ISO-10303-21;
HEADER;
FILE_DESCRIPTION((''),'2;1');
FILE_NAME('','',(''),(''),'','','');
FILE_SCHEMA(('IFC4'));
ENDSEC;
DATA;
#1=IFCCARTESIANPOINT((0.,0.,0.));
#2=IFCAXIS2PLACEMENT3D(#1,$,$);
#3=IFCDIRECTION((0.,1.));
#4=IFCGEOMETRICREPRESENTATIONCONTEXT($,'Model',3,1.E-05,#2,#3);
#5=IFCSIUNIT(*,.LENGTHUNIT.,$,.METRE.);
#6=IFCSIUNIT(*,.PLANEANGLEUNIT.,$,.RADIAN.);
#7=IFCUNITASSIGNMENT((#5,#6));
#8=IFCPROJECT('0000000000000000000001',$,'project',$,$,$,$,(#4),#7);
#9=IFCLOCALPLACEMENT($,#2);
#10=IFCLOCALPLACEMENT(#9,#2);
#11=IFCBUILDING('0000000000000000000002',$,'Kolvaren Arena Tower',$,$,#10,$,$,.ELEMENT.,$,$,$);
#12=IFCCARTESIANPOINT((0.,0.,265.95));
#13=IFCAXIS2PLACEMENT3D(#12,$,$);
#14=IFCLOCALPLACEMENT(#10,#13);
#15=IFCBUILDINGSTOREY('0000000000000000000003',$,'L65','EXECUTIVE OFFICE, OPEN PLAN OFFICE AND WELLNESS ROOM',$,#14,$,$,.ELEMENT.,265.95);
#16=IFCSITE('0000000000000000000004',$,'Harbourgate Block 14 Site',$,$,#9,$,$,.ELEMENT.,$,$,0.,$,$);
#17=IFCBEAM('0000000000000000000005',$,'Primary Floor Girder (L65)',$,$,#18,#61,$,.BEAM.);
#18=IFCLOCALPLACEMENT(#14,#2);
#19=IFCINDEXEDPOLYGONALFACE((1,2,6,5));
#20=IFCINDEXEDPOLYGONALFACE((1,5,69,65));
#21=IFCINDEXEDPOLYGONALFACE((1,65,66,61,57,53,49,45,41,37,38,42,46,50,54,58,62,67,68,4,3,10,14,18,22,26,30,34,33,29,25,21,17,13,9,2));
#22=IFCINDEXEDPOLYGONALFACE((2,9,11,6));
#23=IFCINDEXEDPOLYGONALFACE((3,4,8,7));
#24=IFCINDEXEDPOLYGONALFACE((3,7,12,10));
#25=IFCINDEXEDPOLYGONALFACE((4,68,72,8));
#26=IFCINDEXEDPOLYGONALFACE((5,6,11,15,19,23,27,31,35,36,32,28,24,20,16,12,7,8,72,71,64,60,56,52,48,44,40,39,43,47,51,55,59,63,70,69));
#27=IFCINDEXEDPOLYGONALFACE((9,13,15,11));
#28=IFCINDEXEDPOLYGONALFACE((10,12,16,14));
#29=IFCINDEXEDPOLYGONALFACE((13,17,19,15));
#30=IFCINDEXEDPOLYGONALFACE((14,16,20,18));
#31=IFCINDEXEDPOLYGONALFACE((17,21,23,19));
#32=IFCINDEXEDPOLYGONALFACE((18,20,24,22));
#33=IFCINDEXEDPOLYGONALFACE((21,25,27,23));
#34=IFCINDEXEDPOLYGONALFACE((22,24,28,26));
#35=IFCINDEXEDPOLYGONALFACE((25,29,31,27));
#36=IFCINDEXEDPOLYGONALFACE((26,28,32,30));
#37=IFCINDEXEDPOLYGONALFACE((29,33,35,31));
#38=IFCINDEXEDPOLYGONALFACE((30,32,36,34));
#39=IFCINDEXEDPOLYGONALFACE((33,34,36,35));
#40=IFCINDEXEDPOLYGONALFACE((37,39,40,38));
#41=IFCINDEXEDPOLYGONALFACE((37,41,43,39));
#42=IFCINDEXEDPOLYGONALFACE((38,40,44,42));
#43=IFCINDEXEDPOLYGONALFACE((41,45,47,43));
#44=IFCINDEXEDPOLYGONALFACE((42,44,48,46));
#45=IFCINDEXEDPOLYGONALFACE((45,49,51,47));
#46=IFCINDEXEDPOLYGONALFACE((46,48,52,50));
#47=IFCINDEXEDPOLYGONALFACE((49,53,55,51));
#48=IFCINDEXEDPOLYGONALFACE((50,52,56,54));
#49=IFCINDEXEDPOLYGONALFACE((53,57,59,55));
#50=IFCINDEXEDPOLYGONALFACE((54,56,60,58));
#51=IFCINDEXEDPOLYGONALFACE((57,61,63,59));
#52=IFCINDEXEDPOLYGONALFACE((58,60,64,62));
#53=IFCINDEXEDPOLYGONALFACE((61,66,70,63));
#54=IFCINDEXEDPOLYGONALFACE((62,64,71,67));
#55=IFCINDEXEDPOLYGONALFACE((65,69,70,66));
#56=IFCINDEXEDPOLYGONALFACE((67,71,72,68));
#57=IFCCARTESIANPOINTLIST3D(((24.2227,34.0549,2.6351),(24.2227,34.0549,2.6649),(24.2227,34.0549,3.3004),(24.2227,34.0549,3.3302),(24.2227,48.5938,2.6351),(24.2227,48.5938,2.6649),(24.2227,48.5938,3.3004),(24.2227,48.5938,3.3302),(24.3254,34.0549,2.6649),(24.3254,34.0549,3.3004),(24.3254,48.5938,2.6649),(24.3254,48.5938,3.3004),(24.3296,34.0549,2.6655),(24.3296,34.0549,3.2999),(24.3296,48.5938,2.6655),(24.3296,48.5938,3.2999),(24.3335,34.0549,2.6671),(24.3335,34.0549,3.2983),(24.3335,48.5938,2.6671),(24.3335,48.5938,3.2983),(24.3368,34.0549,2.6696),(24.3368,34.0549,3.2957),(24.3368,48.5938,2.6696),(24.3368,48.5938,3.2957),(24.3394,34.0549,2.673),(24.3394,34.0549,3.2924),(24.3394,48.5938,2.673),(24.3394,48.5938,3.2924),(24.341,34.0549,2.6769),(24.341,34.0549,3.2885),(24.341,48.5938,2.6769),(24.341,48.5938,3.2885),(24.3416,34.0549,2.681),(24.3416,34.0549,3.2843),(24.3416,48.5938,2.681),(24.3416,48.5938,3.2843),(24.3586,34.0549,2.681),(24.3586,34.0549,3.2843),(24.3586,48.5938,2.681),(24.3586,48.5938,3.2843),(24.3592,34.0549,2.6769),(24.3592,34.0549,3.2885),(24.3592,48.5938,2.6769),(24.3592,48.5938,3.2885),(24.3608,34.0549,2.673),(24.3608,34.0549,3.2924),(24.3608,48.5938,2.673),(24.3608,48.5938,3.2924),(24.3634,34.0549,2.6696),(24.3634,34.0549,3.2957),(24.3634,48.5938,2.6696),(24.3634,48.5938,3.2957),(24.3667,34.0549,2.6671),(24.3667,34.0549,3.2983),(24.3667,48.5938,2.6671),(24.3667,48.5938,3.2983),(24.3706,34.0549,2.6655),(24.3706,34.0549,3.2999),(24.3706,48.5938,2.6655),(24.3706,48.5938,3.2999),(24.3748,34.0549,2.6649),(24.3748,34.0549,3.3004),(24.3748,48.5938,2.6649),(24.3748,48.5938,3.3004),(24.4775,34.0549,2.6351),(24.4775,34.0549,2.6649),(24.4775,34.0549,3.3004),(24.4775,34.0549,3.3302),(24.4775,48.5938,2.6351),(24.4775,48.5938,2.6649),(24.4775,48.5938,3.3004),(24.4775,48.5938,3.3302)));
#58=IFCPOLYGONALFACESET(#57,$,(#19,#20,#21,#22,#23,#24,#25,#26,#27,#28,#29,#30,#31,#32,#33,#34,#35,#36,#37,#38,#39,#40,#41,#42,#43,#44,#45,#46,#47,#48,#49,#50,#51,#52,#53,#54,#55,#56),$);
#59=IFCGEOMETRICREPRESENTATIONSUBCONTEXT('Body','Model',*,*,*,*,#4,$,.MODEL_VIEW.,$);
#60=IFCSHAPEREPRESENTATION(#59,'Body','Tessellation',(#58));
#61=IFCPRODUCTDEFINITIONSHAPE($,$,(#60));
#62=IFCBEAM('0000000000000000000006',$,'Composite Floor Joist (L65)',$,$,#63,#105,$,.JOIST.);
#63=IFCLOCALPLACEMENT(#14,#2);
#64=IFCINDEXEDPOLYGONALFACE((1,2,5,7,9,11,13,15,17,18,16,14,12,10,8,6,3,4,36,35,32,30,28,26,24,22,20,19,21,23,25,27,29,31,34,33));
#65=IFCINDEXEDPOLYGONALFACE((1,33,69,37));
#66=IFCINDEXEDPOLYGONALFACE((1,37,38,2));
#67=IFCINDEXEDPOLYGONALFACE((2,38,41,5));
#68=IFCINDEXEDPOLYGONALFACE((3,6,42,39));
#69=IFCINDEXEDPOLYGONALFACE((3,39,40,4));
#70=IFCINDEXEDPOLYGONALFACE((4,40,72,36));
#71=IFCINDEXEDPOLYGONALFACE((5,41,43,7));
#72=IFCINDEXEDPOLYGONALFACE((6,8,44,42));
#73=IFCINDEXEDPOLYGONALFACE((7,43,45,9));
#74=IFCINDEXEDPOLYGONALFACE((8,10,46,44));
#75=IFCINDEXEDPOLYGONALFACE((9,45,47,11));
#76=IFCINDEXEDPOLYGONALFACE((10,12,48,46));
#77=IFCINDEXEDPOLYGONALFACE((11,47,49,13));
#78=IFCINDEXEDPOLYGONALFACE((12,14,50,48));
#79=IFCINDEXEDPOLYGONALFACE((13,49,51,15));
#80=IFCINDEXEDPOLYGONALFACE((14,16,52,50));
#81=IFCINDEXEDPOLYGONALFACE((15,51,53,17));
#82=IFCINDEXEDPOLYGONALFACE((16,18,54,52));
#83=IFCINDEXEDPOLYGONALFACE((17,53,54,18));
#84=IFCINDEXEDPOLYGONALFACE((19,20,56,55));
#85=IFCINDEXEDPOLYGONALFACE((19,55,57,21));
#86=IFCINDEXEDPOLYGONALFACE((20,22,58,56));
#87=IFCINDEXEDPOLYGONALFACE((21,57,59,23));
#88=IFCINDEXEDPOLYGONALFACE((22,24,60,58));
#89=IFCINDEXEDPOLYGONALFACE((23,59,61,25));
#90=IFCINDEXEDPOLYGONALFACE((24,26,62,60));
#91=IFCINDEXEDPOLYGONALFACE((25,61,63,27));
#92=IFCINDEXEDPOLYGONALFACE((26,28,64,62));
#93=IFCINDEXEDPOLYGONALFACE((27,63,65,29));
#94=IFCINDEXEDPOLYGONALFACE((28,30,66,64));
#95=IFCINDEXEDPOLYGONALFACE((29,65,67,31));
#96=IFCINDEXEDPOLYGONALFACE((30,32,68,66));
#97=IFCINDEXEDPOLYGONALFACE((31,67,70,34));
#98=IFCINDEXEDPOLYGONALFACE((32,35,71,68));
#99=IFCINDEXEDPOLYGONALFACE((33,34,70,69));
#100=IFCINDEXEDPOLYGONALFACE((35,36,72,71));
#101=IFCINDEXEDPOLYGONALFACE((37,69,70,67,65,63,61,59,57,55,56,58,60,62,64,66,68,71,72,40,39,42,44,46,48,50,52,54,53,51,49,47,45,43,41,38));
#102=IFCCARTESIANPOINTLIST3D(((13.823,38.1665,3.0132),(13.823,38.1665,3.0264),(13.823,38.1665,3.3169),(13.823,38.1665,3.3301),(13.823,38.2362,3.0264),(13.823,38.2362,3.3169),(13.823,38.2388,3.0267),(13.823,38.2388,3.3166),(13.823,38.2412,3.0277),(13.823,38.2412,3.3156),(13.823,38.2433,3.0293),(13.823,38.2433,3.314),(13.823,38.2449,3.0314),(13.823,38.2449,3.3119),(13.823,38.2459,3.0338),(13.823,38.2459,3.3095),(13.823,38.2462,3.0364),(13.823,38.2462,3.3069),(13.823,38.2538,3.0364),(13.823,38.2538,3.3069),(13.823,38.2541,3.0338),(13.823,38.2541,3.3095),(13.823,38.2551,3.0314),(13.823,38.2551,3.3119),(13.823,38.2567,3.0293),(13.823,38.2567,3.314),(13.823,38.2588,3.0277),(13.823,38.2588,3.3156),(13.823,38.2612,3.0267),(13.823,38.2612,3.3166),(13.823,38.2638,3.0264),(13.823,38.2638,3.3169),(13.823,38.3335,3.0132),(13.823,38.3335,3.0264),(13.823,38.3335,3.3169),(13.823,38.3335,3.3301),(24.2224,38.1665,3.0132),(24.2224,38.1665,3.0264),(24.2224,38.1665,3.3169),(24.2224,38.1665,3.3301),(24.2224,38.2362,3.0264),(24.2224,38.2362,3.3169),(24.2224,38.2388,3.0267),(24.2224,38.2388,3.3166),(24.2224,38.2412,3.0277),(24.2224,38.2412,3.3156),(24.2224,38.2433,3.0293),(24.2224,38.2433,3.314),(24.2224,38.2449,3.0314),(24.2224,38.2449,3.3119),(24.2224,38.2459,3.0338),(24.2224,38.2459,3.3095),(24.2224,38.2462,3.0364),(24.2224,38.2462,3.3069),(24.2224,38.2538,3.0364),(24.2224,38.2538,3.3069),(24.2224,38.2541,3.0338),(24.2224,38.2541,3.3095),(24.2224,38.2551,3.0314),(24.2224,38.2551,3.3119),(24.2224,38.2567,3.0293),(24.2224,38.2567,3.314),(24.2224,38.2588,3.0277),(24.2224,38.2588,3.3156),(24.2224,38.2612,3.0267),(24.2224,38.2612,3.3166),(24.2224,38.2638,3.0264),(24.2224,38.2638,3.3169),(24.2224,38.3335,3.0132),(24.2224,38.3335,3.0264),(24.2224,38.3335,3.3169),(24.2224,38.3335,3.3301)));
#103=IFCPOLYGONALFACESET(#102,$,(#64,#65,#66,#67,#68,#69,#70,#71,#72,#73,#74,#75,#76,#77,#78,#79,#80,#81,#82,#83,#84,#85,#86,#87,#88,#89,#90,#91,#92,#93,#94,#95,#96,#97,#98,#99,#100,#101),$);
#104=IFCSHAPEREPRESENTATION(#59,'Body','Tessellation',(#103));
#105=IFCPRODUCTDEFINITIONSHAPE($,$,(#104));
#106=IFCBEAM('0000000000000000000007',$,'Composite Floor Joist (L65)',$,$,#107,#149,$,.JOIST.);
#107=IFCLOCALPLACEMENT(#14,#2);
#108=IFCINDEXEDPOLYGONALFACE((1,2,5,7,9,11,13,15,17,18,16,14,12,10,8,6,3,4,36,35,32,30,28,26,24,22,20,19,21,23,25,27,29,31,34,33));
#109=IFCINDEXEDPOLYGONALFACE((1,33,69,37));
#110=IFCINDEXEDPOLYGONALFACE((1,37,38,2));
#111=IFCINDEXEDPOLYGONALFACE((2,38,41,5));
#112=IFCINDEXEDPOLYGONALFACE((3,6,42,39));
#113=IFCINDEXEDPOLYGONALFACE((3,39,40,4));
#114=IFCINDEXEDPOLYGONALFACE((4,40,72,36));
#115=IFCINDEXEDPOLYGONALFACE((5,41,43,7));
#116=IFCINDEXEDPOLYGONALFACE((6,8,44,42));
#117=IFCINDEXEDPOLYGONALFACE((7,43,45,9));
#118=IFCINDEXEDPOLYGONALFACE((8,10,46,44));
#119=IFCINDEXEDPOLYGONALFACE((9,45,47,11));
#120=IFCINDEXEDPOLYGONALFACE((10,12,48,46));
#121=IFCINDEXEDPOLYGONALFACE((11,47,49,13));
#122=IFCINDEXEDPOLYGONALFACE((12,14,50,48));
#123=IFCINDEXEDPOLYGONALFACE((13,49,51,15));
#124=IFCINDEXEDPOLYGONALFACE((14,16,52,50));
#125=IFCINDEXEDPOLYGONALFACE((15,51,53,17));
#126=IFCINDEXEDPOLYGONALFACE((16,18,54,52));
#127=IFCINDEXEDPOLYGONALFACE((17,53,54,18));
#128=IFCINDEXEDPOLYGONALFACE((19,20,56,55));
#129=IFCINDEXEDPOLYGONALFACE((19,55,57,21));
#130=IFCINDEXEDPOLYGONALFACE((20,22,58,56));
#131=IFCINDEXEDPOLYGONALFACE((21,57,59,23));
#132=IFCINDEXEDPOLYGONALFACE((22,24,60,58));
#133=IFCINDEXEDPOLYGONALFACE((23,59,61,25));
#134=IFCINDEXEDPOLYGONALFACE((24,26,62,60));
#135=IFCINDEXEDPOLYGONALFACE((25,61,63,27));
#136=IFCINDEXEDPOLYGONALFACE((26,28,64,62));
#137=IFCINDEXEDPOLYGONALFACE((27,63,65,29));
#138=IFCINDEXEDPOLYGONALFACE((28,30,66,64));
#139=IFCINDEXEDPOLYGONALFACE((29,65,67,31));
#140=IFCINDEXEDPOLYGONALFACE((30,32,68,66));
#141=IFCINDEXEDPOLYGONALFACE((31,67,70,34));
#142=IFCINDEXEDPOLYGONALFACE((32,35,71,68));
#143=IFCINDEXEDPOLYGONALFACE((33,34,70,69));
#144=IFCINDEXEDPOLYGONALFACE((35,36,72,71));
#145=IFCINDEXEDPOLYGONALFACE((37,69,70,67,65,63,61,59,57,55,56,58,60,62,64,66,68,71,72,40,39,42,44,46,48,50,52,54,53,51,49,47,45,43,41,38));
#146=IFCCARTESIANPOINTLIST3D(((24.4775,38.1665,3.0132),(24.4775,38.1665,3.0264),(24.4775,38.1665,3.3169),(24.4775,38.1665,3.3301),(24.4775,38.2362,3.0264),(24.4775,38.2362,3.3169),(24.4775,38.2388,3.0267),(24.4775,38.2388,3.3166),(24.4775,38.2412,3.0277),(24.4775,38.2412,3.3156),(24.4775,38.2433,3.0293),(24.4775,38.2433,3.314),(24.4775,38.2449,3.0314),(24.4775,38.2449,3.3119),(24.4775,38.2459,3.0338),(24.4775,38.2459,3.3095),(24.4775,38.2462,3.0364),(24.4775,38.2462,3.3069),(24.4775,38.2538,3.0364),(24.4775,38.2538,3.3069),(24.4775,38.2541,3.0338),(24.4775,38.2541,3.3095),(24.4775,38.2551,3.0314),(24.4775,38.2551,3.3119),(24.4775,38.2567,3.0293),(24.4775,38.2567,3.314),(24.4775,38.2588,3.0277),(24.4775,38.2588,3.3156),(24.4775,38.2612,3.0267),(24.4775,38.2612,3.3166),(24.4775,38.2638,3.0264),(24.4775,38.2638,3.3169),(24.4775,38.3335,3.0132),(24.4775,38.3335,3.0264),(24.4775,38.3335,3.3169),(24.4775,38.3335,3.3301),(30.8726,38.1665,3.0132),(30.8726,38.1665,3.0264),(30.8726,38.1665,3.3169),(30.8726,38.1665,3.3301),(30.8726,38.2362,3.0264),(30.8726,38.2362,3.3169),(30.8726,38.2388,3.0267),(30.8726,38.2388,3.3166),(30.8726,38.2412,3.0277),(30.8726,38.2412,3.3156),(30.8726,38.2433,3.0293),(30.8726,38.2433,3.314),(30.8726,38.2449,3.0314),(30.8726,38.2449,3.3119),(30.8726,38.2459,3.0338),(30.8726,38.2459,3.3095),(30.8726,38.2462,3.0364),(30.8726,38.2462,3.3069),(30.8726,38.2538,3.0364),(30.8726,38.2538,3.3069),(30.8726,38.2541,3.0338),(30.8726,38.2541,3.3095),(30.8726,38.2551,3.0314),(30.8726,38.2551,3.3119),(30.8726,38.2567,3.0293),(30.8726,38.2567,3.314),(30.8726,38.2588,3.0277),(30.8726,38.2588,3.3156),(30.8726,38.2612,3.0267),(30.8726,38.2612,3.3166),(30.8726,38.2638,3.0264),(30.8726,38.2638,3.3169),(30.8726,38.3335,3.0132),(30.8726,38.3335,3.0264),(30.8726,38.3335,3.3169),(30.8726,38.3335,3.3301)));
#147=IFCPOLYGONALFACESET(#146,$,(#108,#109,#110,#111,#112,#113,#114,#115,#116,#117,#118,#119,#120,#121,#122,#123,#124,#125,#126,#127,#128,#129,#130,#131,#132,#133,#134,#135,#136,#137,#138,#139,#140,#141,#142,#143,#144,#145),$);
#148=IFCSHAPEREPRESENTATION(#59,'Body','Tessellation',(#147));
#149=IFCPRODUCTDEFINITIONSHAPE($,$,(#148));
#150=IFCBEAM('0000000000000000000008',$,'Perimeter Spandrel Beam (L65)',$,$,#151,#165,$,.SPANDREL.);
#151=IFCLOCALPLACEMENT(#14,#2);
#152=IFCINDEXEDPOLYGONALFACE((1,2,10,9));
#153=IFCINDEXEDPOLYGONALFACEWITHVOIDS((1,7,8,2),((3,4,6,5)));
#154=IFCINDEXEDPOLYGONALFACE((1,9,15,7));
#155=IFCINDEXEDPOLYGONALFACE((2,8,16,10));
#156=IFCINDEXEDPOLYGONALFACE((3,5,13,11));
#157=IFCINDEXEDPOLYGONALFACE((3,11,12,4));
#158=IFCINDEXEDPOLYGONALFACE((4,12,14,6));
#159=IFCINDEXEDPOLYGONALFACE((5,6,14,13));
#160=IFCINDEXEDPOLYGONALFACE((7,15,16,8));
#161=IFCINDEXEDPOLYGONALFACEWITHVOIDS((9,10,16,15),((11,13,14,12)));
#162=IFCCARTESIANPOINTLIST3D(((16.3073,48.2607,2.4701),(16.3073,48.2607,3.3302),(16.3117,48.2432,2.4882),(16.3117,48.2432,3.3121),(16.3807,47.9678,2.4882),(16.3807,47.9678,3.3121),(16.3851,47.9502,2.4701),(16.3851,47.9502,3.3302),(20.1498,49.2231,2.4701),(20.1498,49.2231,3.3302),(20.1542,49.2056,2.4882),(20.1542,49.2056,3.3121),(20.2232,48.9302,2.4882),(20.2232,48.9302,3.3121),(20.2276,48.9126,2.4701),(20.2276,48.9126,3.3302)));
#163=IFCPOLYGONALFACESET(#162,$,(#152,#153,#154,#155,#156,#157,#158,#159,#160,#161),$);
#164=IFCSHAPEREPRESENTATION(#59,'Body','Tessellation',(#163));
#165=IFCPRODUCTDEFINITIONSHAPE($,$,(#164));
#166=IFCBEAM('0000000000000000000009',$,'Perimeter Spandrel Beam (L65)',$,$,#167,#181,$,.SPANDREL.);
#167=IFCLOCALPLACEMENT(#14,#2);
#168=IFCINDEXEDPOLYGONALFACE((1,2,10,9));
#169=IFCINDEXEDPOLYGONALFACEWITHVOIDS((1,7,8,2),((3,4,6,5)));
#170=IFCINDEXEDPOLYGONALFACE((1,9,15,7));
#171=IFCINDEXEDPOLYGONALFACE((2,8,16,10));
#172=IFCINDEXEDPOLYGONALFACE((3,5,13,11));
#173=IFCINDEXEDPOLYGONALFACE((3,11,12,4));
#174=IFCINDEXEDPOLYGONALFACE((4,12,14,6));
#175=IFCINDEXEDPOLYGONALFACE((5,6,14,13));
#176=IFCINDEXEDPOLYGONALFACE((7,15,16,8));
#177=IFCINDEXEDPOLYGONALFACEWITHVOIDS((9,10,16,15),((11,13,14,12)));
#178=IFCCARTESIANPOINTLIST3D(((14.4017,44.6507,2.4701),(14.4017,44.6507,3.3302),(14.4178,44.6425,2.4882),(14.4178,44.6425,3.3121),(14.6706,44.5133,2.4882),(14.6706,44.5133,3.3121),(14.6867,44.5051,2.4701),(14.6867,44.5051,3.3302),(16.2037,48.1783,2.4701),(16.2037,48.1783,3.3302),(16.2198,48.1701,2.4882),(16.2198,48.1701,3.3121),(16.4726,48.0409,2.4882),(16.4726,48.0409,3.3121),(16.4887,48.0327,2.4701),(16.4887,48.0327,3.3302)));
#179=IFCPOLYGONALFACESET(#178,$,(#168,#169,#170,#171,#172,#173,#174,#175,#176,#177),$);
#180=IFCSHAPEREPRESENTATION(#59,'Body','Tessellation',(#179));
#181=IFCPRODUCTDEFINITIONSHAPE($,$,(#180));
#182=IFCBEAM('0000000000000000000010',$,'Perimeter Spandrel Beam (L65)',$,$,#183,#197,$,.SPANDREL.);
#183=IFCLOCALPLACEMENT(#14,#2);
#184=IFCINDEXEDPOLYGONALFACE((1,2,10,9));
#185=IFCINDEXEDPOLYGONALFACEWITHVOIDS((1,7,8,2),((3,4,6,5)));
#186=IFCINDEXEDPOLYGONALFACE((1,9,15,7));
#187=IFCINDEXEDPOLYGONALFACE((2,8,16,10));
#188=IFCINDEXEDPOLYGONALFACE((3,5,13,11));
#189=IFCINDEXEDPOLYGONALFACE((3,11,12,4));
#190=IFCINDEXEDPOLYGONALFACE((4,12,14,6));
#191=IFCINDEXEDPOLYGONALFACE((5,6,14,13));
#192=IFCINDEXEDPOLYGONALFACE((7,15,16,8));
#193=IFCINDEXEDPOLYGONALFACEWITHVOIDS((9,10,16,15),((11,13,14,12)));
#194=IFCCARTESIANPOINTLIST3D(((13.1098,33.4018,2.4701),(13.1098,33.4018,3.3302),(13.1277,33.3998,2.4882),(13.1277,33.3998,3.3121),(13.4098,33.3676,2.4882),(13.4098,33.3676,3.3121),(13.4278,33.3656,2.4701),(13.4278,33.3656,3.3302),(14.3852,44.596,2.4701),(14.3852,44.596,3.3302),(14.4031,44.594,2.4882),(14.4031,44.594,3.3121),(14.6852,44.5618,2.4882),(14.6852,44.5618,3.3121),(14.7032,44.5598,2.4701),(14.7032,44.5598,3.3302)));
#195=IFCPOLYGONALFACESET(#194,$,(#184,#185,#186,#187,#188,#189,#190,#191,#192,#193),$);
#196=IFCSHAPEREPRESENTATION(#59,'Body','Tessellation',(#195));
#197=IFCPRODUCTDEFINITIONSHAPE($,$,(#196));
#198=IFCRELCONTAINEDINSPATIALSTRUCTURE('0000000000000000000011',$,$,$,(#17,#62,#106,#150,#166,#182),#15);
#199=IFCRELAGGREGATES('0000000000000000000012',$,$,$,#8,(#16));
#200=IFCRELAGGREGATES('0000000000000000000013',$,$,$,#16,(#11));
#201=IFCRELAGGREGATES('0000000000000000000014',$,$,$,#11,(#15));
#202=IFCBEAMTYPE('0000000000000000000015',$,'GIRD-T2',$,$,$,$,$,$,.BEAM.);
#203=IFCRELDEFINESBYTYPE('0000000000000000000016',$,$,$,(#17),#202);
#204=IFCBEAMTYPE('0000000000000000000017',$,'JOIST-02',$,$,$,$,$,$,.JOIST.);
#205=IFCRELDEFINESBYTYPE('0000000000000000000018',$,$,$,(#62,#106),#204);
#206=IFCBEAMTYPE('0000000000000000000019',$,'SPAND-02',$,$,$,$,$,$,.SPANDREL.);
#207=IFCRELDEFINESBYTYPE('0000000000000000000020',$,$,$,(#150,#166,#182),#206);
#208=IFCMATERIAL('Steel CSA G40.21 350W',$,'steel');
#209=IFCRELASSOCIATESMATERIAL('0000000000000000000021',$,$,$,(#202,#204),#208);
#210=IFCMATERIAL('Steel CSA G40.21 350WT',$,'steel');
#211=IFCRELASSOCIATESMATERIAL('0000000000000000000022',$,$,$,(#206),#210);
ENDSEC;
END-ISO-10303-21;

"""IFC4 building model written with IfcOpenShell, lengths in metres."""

from ifc_helpers import new_model, si_unit, direction, frame, origin, origin_2d, place, context, subcontext, project, spatial, hollow_rectangle, i_section, extrude, material, material_profile, profile_set, type_object, element, save


model = new_model("IFC4")

# Units and contexts
model_context = context("Model", 3, precision=1e-05, world=origin(), true_north=direction((0.0, 1.0)))
body_context = subcontext(model_context, "Body", "Model", "MODEL_VIEW")
ifc_project = project(units=[si_unit("LENGTHUNIT", "METRE"), si_unit("PLANEANGLEUNIT", "RADIAN")], contexts=[model_context])

# Site, building, storey
site_placement = place(None, origin())
site = spatial("IfcSite", under=ifc_project, at=site_placement, Name="Harbourgate Block 14 Site", CompositionType="ELEMENT", RefElevation=0.0)
building_placement = place(site_placement, origin())
building = spatial("IfcBuilding", under=site, at=building_placement, Name="Kolvaren Arena Tower", CompositionType="ELEMENT")
storey_placement = place(building_placement, frame((0.0, 0.0, 265.95)))
storey = spatial("IfcBuildingStorey", under=building, at=storey_placement, Name="L65", Description="EXECUTIVE OFFICE, OPEN PLAN OFFICE AND WELLNESS ROOM", CompositionType="ELEMENT", Elevation=265.95)

# Beams
ifc_material_1 = material(Name="Steel CSA G40.21 350W", Category="steel")
ifc_material_profile_1 = material_profile(ifc_material_1, i_section(OverallWidth=0.2549, OverallDepth=0.6951, WebThickness=0.0171, FlangeThickness=0.0298, FilletRadius=0.0161, at=origin_2d()), Name="W690x217")
ifc_profile_set_1 = profile_set([ifc_material_profile_1], Name="Steel CSA G40.21 350W")
beam_type_1 = type_object("IfcBeamType", Name="GIRD-T2", PredefinedType="BEAM", material=ifc_profile_set_1)
beam_1_placement = place(storey_placement, frame((24.3501, 34.0549, 2.9827), z_axis=(0.0, 1.0, 0.0), x_axis=(-1.0, 0.0, 0.0)))
element("IfcBeam", 1, at=beam_1_placement, inside=storey, type_object=beam_type_1, Name="Primary Floor Girder (L65)", PredefinedType="BEAM", context=body_context, shape_type="SweptSolid", body=[
    extrude(i_section(OverallWidth=0.2549, OverallDepth=0.6951, WebThickness=0.0171, FlangeThickness=0.0298, FilletRadius=0.0161, at=origin_2d()), origin(), (0.0, 0.0, 1.0), 14.5388),
])
ifc_material_profile_2 = material_profile(ifc_material_1, i_section(OverallWidth=0.167, OverallDepth=0.3169, WebThickness=0.0076, FlangeThickness=0.0132, FilletRadius=0.01, at=origin_2d()), Name="W310x52")
ifc_profile_set_2 = profile_set([ifc_material_profile_2], Name="Steel CSA G40.21 350W")
beam_type_2 = type_object("IfcBeamType", Name="JOIST-02", PredefinedType="JOIST", material=ifc_profile_set_2)
beam_2_placement = place(storey_placement, frame((13.823, 38.25, 3.1716), z_axis=(1.0, 0.0, 0.0), x_axis=(0.0, 1.0, 0.0)))
element("IfcBeam", 2, at=beam_2_placement, inside=storey, type_object=beam_type_2, Name="Composite Floor Joist (L65)", PredefinedType="JOIST", context=body_context, shape_type="SweptSolid", body=[
    extrude(i_section(OverallWidth=0.167, OverallDepth=0.3169, WebThickness=0.0076, FlangeThickness=0.0132, FilletRadius=0.01, at=origin_2d()), origin(), (0.0, 0.0, 1.0), 10.3994),
])
beam_3_placement = place(storey_placement, frame((24.4775, 38.25, 3.1716), z_axis=(1.0, 0.0, 0.0), x_axis=(0.0, 1.0, 0.0)))
element("IfcBeam", 3, at=beam_3_placement, inside=storey, type_object=beam_type_2, Name="Composite Floor Joist (L65)", PredefinedType="JOIST", context=body_context, shape_type="SweptSolid", body=[
    extrude(i_section(OverallWidth=0.167, OverallDepth=0.3169, WebThickness=0.0076, FlangeThickness=0.0132, FilletRadius=0.01, at=origin_2d()), origin(), (0.0, 0.0, 1.0), 6.395),
])
ifc_material_2 = material(Name="Steel CSA G40.21 350WT", Category="steel")
ifc_material_profile_3 = material_profile(ifc_material_2, hollow_rectangle(XDim=0.3201, YDim=0.8601, WallThickness=0.0181, at=origin_2d()), Name="HSS 860x320x18")
ifc_profile_set_3 = profile_set([ifc_material_profile_3], Name="Steel CSA G40.21 350WT")
beam_type_3 = type_object("IfcBeamType", Name="SPAND-02", PredefinedType="SPANDREL", material=ifc_profile_set_3)
for number, where, z_axis, x_axis, name in (
    (4, (20.1887, 49.0679, 2.9001), (-0.970037, -0.242956, 0.0), (0.242956, -0.970037, 0.0), "Perimeter Spandrel Beam (L65)"),
    (5, (16.3462, 48.1055, 2.9001), (-0.454913, -0.890536, 0.0), (0.890536, -0.454913, 0.0), "Perimeter Spandrel Beam (L65)"),
):
    element("IfcBeam", number, at=place(storey_placement, frame(where, z_axis=z_axis, x_axis=x_axis)), inside=storey, type_object=beam_type_3, Name=name, PredefinedType="SPANDREL", context=body_context, shape_type="SweptSolid", body=[
        extrude(hollow_rectangle(XDim=0.3201, YDim=0.8601, WallThickness=0.0181, at=origin_2d()), origin(), (0.0, 0.0, 1.0), 3.9612),
    ])
beam_4_placement = place(storey_placement, frame((14.5442, 44.5779, 2.9001), z_axis=(-0.113202, -0.993572, 0.0), x_axis=(0.993572, -0.113202, 0.0)))
element("IfcBeam", 6, at=beam_4_placement, inside=storey, type_object=beam_type_3, Name="Perimeter Spandrel Beam (L65)", PredefinedType="SPANDREL", context=body_context, shape_type="SweptSolid", body=[
    extrude(hollow_rectangle(XDim=0.3201, YDim=0.8601, WallThickness=0.0181, at=origin_2d()), origin(), (0.0, 0.0, 1.0), 11.2666),
])

save(model, "model.ifc")
